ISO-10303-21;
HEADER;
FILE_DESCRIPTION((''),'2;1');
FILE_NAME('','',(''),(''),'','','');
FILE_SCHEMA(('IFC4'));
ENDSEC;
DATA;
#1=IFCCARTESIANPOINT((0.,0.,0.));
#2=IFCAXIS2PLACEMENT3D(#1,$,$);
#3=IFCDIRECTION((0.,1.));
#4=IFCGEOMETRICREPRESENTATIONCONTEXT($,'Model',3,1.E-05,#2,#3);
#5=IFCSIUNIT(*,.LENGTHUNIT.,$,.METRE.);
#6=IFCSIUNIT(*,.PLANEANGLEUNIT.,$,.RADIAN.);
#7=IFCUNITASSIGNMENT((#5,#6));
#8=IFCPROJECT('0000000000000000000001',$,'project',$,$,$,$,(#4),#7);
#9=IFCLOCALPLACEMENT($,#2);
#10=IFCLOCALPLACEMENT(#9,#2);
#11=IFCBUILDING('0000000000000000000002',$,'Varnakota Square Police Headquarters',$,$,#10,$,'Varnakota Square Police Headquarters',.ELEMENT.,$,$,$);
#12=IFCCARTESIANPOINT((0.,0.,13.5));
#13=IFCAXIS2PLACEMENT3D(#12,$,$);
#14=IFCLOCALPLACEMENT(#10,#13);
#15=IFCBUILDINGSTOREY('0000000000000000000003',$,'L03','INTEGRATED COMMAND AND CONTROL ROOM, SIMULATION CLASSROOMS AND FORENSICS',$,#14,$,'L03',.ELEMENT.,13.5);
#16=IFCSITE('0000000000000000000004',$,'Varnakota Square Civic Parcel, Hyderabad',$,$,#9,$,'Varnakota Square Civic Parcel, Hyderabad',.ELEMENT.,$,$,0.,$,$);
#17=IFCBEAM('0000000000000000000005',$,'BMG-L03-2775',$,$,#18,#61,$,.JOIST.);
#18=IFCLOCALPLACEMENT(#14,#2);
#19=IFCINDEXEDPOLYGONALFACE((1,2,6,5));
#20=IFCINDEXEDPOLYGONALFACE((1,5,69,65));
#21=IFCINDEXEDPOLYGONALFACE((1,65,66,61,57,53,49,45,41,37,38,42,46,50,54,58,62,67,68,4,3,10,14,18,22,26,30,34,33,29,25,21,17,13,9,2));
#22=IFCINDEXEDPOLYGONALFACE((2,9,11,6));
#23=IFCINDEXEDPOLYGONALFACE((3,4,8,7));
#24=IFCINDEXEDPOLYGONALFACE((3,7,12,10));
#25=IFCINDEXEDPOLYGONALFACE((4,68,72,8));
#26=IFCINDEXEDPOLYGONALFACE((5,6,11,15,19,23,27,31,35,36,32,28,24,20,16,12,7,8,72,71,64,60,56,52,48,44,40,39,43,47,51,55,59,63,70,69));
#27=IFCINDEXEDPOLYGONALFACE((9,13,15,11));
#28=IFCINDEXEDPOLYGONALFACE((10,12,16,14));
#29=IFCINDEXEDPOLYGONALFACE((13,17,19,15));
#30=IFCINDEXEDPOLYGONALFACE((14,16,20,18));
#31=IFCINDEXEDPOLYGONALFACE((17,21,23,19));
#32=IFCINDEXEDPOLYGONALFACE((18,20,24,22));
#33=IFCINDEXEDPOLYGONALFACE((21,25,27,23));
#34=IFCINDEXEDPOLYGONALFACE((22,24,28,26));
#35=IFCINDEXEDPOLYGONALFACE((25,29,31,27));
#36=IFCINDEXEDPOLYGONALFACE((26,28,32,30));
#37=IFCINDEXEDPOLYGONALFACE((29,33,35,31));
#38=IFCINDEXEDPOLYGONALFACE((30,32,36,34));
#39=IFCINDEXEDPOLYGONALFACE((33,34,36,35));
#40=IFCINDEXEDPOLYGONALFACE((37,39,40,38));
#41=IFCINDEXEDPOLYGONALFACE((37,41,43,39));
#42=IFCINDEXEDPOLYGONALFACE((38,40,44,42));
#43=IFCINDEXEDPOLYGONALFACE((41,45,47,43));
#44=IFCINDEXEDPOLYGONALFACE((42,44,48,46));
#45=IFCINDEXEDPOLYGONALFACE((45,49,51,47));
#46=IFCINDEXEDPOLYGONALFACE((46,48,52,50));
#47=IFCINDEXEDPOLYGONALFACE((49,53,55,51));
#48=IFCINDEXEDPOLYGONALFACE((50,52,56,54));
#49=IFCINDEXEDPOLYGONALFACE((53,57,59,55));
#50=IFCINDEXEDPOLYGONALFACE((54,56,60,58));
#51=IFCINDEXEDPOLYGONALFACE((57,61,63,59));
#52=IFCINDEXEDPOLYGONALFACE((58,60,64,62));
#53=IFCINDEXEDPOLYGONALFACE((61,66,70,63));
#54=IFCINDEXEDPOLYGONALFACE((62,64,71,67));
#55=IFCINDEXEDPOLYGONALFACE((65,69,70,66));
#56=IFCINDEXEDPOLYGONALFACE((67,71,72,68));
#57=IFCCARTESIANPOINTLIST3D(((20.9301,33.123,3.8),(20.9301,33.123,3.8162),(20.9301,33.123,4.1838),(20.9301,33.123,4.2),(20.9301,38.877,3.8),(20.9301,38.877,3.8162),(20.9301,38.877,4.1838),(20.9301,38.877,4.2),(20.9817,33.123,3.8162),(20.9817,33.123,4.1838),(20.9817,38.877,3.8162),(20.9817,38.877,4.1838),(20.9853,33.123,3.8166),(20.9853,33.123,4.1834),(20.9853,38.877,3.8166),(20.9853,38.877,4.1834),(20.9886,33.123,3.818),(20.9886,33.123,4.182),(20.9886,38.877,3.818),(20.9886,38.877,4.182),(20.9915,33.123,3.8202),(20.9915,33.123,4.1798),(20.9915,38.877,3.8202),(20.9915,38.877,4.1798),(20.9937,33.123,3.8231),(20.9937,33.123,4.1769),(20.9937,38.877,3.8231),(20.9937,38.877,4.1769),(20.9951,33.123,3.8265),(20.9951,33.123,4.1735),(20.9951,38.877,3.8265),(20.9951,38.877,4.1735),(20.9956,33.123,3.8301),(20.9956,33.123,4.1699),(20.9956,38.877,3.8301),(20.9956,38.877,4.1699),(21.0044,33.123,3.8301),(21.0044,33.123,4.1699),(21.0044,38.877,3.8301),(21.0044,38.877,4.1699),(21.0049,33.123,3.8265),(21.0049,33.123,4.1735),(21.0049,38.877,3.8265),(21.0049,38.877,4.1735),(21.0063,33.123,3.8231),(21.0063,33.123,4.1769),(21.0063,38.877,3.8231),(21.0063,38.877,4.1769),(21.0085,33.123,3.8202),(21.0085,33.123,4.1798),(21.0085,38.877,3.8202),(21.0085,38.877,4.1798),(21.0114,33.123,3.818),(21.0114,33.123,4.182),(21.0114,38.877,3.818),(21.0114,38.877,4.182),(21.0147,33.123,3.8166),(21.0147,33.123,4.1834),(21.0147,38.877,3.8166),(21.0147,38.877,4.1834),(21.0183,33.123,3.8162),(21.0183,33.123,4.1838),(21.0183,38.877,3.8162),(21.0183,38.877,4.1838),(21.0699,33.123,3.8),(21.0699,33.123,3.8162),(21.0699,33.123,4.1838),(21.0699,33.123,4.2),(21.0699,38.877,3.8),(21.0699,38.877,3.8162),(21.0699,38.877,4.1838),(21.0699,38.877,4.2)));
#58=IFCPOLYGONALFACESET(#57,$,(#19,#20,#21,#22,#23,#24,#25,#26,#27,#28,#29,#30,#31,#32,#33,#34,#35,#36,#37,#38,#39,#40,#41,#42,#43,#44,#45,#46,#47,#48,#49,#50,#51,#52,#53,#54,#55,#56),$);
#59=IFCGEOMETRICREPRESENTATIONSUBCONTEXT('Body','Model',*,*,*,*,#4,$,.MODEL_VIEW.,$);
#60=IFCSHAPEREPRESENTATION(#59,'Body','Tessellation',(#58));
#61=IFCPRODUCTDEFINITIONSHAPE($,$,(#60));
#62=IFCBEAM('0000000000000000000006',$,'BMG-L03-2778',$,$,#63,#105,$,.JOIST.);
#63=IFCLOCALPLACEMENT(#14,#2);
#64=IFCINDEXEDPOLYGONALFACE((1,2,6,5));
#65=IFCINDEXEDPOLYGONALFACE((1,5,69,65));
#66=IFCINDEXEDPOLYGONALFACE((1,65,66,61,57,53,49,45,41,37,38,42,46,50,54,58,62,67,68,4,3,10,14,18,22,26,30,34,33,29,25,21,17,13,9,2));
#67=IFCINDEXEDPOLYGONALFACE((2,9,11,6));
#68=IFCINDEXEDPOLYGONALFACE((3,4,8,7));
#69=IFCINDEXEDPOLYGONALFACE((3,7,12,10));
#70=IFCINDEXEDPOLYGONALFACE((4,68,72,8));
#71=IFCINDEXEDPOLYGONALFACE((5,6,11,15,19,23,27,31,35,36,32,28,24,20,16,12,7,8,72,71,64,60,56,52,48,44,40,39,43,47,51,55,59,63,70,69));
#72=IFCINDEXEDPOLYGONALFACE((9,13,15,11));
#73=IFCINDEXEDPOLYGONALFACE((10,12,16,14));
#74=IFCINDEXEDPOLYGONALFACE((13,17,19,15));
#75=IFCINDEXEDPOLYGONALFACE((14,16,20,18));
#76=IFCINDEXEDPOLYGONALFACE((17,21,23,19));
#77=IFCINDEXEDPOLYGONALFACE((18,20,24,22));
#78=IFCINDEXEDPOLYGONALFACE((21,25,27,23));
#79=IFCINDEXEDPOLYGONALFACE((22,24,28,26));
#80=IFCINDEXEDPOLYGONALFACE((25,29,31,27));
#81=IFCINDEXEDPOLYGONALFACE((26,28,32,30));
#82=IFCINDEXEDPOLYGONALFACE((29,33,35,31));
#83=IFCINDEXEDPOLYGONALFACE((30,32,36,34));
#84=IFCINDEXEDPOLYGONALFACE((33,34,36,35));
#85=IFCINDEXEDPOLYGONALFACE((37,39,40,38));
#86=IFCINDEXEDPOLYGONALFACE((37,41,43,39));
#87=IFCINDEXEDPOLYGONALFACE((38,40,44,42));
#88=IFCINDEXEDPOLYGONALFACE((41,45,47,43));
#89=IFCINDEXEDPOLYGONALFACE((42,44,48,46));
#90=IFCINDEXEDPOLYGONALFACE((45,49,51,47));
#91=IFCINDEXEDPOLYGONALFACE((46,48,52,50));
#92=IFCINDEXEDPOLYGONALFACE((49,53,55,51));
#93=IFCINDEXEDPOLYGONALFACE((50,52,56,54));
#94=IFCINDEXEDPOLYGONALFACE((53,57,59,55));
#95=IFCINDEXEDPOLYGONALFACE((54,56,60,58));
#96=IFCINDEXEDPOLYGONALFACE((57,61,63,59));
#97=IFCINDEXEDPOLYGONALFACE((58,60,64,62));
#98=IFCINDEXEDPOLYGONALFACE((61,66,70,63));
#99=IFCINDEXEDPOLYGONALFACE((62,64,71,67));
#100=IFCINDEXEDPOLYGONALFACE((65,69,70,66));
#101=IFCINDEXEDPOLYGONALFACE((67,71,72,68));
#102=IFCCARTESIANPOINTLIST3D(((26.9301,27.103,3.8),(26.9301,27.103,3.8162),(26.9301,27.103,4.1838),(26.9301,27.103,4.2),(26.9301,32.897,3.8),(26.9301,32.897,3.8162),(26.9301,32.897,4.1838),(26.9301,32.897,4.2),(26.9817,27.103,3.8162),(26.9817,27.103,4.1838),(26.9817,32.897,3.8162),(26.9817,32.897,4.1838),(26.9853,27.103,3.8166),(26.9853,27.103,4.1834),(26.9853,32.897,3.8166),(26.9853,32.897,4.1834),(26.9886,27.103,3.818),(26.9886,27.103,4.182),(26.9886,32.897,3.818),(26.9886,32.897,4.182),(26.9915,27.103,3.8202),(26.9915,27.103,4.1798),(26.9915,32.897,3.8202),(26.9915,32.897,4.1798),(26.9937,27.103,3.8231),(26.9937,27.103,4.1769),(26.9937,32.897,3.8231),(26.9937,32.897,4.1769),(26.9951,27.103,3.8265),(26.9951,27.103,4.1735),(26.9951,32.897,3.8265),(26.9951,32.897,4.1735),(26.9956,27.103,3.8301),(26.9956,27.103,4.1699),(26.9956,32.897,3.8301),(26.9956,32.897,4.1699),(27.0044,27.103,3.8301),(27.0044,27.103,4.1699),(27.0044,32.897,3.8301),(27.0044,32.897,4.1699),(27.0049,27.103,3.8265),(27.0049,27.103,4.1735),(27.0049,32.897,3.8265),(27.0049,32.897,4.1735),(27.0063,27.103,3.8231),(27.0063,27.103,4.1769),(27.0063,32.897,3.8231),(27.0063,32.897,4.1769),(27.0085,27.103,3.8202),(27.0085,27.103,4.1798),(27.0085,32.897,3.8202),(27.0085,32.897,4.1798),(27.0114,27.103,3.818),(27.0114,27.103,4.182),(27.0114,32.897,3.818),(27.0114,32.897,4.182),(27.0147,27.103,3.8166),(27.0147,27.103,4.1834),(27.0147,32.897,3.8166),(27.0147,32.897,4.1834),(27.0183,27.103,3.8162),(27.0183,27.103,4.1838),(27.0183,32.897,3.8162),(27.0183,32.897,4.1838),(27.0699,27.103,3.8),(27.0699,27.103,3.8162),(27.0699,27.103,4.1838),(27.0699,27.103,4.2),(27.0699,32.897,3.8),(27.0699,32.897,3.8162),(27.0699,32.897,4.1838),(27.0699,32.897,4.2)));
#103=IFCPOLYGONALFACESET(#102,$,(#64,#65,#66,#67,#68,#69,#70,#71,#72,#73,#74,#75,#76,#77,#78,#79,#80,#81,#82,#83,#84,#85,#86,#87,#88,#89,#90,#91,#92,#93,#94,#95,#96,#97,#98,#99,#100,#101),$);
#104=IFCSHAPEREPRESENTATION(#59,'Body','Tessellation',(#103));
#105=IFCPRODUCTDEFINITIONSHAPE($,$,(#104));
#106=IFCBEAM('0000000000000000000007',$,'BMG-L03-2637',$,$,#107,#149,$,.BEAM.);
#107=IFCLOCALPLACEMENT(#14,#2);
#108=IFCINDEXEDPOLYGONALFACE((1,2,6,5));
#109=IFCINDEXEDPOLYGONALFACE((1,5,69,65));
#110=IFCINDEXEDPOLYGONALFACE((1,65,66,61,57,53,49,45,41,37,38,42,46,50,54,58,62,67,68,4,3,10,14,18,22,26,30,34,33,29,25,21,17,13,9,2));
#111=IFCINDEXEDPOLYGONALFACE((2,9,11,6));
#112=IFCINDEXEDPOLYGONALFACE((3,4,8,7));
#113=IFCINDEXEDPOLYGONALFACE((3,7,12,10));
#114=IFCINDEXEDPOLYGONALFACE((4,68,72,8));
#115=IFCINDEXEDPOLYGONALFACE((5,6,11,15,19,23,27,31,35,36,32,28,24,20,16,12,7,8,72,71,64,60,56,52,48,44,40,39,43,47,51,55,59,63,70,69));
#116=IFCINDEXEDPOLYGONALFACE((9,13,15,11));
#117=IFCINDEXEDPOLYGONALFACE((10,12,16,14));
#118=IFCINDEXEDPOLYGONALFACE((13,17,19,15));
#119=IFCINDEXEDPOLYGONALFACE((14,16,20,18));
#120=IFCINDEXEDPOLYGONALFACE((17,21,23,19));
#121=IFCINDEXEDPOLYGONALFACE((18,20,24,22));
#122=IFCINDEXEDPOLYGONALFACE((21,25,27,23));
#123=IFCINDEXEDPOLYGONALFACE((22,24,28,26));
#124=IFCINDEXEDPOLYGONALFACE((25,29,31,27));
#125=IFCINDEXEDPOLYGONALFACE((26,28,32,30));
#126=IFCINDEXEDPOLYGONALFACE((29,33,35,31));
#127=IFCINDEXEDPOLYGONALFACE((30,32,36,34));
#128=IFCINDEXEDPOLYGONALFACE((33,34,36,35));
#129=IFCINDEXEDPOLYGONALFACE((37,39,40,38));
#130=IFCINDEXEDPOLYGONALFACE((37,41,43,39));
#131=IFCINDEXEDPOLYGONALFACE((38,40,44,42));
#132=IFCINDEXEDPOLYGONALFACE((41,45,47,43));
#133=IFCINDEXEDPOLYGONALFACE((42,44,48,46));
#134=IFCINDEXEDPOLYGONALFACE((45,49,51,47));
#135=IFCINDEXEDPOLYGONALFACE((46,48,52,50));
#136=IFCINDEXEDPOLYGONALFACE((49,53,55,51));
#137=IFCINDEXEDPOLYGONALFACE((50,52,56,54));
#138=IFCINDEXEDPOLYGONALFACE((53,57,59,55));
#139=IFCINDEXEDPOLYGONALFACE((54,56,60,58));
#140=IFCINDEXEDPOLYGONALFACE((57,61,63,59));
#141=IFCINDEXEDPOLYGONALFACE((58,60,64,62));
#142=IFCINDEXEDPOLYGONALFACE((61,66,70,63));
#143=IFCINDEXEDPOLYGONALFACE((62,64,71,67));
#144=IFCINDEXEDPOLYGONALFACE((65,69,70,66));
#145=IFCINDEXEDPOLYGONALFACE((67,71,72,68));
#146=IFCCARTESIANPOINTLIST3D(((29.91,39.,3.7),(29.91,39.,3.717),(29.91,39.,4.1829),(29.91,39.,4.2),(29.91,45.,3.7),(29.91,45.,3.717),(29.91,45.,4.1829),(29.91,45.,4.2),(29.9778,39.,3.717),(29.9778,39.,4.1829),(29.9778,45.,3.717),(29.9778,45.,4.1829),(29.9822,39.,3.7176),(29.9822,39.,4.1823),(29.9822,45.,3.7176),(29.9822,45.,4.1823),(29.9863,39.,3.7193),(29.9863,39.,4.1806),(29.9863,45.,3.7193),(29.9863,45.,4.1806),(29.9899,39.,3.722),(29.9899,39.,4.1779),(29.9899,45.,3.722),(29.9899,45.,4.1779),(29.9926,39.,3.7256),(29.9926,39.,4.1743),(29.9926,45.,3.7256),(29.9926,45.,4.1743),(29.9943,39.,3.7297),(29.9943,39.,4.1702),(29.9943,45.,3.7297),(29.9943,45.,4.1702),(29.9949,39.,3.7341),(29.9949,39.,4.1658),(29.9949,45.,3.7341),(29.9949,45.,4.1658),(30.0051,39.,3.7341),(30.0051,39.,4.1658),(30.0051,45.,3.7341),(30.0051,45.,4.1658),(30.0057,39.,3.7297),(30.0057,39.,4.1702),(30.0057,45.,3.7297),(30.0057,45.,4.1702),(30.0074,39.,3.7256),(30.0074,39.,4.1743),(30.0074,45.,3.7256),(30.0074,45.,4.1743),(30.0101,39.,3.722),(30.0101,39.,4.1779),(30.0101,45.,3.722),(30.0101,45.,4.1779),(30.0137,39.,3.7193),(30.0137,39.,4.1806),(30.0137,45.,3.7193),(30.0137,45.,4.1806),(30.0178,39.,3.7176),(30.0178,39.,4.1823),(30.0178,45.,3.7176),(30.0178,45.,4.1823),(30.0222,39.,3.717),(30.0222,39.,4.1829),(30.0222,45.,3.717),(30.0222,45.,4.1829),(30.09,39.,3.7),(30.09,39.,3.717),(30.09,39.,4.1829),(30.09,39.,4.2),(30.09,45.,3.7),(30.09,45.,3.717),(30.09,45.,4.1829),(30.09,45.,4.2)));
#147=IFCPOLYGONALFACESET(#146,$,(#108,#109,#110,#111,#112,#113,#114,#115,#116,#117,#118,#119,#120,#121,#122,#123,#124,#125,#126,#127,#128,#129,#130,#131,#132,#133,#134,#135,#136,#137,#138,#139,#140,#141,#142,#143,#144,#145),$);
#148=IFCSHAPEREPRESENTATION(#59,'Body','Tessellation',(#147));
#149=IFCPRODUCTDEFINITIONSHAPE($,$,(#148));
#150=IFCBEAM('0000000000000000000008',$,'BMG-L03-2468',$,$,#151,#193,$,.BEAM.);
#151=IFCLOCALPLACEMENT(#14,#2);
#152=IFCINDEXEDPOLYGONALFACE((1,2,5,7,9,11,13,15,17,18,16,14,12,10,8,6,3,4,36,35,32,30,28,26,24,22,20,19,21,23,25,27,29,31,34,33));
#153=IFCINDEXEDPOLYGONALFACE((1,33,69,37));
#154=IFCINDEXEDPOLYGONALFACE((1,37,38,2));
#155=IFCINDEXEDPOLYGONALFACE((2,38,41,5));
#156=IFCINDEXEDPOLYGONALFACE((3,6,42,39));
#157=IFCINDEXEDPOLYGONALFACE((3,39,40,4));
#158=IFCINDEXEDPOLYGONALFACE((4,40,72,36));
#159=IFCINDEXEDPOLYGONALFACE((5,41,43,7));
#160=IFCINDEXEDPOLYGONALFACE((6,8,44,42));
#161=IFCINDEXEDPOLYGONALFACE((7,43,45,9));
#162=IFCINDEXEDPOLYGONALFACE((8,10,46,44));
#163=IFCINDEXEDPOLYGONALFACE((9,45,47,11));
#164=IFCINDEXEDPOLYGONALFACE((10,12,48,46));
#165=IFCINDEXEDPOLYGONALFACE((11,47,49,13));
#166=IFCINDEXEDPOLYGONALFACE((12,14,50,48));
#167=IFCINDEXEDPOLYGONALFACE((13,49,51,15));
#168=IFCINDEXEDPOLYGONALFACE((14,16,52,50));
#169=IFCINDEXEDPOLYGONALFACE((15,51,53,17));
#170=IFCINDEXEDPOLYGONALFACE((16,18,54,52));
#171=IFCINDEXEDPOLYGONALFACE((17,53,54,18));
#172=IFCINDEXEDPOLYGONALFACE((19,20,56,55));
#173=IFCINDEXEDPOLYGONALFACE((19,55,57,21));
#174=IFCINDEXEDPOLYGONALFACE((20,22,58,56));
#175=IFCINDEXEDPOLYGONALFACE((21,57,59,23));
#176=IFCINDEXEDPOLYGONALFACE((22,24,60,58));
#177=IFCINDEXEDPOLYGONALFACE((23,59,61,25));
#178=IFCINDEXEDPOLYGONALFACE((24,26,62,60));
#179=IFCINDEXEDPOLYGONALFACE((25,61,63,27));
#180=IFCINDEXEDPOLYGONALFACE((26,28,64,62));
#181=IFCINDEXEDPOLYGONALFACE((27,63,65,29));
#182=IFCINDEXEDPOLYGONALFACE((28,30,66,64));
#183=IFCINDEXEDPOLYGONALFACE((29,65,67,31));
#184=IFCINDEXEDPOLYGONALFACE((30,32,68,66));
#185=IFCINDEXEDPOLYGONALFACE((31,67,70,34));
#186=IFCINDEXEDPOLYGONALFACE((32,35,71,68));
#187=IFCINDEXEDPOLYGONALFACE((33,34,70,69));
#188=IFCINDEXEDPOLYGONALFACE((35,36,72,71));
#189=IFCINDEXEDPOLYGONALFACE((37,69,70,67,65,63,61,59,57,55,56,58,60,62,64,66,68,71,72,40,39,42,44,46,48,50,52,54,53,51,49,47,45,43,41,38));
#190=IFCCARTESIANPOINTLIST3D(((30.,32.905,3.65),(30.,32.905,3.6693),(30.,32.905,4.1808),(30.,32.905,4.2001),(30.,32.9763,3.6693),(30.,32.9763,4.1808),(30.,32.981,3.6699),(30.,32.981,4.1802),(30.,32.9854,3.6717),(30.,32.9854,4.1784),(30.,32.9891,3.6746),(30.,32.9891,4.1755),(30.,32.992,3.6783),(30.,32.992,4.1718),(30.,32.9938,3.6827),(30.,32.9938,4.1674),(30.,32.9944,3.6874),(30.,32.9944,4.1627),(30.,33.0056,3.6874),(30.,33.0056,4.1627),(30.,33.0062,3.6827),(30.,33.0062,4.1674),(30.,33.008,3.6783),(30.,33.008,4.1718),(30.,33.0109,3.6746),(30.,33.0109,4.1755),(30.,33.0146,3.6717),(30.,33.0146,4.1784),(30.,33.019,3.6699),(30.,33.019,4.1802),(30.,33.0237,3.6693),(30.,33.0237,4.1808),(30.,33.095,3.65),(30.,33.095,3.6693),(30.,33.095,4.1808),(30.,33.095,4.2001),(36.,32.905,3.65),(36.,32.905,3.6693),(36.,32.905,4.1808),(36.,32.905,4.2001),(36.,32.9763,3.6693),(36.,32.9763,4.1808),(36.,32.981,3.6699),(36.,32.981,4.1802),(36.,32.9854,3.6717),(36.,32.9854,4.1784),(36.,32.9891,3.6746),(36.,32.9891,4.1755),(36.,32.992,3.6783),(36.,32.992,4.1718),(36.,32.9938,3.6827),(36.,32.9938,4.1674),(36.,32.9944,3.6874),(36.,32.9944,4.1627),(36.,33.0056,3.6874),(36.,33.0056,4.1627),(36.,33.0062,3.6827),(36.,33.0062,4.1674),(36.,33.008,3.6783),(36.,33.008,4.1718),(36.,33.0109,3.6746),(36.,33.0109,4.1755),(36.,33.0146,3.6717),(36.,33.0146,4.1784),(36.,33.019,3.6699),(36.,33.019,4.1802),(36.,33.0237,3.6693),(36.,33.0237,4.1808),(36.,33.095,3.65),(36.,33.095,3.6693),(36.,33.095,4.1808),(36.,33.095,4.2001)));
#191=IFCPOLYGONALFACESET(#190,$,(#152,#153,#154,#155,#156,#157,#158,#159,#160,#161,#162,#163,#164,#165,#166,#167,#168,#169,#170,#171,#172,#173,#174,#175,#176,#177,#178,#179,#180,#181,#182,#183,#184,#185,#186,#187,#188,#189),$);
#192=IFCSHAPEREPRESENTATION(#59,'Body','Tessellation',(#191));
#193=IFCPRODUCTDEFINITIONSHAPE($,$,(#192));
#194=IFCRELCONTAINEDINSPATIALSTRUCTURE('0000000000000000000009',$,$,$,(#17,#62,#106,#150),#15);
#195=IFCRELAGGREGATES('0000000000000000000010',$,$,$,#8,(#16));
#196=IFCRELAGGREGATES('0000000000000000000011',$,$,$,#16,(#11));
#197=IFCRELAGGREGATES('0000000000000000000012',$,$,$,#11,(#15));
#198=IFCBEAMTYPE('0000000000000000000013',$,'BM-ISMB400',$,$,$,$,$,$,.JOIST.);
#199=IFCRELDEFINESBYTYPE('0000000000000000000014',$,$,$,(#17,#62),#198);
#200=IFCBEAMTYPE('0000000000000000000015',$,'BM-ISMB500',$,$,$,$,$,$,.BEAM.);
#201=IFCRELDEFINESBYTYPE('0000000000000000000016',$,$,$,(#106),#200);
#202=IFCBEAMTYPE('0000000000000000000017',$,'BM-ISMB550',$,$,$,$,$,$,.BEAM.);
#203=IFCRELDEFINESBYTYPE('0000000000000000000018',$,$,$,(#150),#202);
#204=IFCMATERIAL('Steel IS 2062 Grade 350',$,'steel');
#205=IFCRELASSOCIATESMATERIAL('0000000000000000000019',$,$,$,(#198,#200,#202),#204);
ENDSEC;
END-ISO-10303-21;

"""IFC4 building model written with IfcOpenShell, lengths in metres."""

from ifc_helpers import new_model, si_unit, direction, frame, origin, origin_2d, place, context, subcontext, project, spatial, i_section, extrude, material, material_profile, profile_set, type_object, element, save


model = new_model("IFC4")

# Units and contexts
model_context = context("Model", 3, precision=1e-05, world=origin(), true_north=direction((0.0, 1.0)))
body_context = subcontext(model_context, "Body", "Model", "MODEL_VIEW")
ifc_project = project(units=[si_unit("LENGTHUNIT", "METRE"), si_unit("PLANEANGLEUNIT", "RADIAN")], contexts=[model_context])

# Site, building, storey
site_placement = place(None, origin())
site = spatial("IfcSite", under=ifc_project, at=site_placement, Name="Varnakota Square Civic Parcel, Hyderabad", LongName="Varnakota Square Civic Parcel, Hyderabad", CompositionType="ELEMENT", RefElevation=0.0)
building_placement = place(site_placement, origin())
building = spatial("IfcBuilding", under=site, at=building_placement, Name="Varnakota Square Police Headquarters", LongName="Varnakota Square Police Headquarters", CompositionType="ELEMENT")
storey_placement = place(building_placement, frame((0.0, 0.0, 13.5)))
storey = spatial("IfcBuildingStorey", under=building, at=storey_placement, Name="L03", Description="INTEGRATED COMMAND AND CONTROL ROOM, SIMULATION CLASSROOMS AND FORENSICS", LongName="L03", CompositionType="ELEMENT", Elevation=13.5)

# Shared definitions
ifc_material_1 = material(Name="Steel IS 2062 Grade 350", Category="steel")

# Beams
ifc_material_profile_1 = material_profile(ifc_material_1, i_section(OverallWidth=0.1399, OverallDepth=0.3999, WebThickness=0.0088, FlangeThickness=0.0161, FilletRadius=0.0139, at=origin_2d()), Name="ISMB 400")
ifc_profile_set_1 = profile_set([ifc_material_profile_1], Name="Steel IS 2062 Grade 350")
beam_type_1 = type_object("IfcBeamType", Name="BM-ISMB400", PredefinedType="JOIST", material=ifc_profile_set_1)
beam_1_placement = place(storey_placement, frame((21.0, 33.123, 4.0), z_axis=(0.0, 1.0, 0.0), x_axis=(-1.0, 0.0, 0.0)))
element("IfcBeam", 1, at=beam_1_placement, inside=storey, type_object=beam_type_1, Name="BMG-L03-2775", PredefinedType="JOIST", context=body_context, shape_type="SweptSolid", body=[
    extrude(i_section(OverallWidth=0.1399, OverallDepth=0.3999, WebThickness=0.0088, FlangeThickness=0.0161, FilletRadius=0.0139, at=origin_2d()), origin(), (0.0, 0.0, 1.0), 5.7539),
])
beam_2_placement = place(storey_placement, frame((27.0, 27.103, 4.0), z_axis=(0.0, 1.0, 0.0), x_axis=(-1.0, 0.0, 0.0)))
element("IfcBeam", 2, at=beam_2_placement, inside=storey, type_object=beam_type_1, Name="BMG-L03-2778", PredefinedType="JOIST", context=body_context, shape_type="SweptSolid", body=[
    extrude(i_section(OverallWidth=0.1399, OverallDepth=0.3999, WebThickness=0.0088, FlangeThickness=0.0161, FilletRadius=0.0139, at=origin_2d()), origin(), (0.0, 0.0, 1.0), 5.7939),
])
ifc_material_profile_2 = material_profile(ifc_material_1, i_section(OverallWidth=0.1799, OverallDepth=0.5, WebThickness=0.0103, FlangeThickness=0.0171, FilletRadius=0.0171, at=origin_2d()), Name="ISMB 500")
ifc_profile_set_2 = profile_set([ifc_material_profile_2], Name="Steel IS 2062 Grade 350")
beam_type_2 = type_object("IfcBeamType", Name="BM-ISMB500", PredefinedType="BEAM", material=ifc_profile_set_2)
beam_3_placement = place(storey_placement, frame((30.0, 39.0, 3.95), z_axis=(0.0, 1.0, 0.0), x_axis=(-1.0, 0.0, 0.0)))
element("IfcBeam", 3, at=beam_3_placement, inside=storey, type_object=beam_type_2, Name="BMG-L03-2637", PredefinedType="BEAM", context=body_context, shape_type="SweptSolid", body=[
    extrude(i_section(OverallWidth=0.1799, OverallDepth=0.5, WebThickness=0.0103, FlangeThickness=0.0171, FilletRadius=0.0171, at=origin_2d()), origin(), (0.0, 0.0, 1.0), 6.0),
])
ifc_material_profile_3 = material_profile(ifc_material_1, i_section(OverallWidth=0.1899, OverallDepth=0.55, WebThickness=0.0112, FlangeThickness=0.0193, FilletRadius=0.0181, at=origin_2d()), Name="ISMB 550")
ifc_profile_set_3 = profile_set([ifc_material_profile_3], Name="Steel IS 2062 Grade 350")
beam_type_3 = type_object("IfcBeamType", Name="BM-ISMB550", PredefinedType="BEAM", material=ifc_profile_set_3)
beam_4_placement = place(storey_placement, frame((30.0, 33.0, 3.925), z_axis=(1.0, 0.0, 0.0), x_axis=(0.0, 1.0, 0.0)))
element("IfcBeam", 4, at=beam_4_placement, inside=storey, type_object=beam_type_3, Name="BMG-L03-2468", PredefinedType="BEAM", context=body_context, shape_type="SweptSolid", body=[
    extrude(i_section(OverallWidth=0.1899, OverallDepth=0.55, WebThickness=0.0112, FlangeThickness=0.0193, FilletRadius=0.0181, at=origin_2d()), origin(), (0.0, 0.0, 1.0), 6.0),
])

save(model, "model.ifc")
